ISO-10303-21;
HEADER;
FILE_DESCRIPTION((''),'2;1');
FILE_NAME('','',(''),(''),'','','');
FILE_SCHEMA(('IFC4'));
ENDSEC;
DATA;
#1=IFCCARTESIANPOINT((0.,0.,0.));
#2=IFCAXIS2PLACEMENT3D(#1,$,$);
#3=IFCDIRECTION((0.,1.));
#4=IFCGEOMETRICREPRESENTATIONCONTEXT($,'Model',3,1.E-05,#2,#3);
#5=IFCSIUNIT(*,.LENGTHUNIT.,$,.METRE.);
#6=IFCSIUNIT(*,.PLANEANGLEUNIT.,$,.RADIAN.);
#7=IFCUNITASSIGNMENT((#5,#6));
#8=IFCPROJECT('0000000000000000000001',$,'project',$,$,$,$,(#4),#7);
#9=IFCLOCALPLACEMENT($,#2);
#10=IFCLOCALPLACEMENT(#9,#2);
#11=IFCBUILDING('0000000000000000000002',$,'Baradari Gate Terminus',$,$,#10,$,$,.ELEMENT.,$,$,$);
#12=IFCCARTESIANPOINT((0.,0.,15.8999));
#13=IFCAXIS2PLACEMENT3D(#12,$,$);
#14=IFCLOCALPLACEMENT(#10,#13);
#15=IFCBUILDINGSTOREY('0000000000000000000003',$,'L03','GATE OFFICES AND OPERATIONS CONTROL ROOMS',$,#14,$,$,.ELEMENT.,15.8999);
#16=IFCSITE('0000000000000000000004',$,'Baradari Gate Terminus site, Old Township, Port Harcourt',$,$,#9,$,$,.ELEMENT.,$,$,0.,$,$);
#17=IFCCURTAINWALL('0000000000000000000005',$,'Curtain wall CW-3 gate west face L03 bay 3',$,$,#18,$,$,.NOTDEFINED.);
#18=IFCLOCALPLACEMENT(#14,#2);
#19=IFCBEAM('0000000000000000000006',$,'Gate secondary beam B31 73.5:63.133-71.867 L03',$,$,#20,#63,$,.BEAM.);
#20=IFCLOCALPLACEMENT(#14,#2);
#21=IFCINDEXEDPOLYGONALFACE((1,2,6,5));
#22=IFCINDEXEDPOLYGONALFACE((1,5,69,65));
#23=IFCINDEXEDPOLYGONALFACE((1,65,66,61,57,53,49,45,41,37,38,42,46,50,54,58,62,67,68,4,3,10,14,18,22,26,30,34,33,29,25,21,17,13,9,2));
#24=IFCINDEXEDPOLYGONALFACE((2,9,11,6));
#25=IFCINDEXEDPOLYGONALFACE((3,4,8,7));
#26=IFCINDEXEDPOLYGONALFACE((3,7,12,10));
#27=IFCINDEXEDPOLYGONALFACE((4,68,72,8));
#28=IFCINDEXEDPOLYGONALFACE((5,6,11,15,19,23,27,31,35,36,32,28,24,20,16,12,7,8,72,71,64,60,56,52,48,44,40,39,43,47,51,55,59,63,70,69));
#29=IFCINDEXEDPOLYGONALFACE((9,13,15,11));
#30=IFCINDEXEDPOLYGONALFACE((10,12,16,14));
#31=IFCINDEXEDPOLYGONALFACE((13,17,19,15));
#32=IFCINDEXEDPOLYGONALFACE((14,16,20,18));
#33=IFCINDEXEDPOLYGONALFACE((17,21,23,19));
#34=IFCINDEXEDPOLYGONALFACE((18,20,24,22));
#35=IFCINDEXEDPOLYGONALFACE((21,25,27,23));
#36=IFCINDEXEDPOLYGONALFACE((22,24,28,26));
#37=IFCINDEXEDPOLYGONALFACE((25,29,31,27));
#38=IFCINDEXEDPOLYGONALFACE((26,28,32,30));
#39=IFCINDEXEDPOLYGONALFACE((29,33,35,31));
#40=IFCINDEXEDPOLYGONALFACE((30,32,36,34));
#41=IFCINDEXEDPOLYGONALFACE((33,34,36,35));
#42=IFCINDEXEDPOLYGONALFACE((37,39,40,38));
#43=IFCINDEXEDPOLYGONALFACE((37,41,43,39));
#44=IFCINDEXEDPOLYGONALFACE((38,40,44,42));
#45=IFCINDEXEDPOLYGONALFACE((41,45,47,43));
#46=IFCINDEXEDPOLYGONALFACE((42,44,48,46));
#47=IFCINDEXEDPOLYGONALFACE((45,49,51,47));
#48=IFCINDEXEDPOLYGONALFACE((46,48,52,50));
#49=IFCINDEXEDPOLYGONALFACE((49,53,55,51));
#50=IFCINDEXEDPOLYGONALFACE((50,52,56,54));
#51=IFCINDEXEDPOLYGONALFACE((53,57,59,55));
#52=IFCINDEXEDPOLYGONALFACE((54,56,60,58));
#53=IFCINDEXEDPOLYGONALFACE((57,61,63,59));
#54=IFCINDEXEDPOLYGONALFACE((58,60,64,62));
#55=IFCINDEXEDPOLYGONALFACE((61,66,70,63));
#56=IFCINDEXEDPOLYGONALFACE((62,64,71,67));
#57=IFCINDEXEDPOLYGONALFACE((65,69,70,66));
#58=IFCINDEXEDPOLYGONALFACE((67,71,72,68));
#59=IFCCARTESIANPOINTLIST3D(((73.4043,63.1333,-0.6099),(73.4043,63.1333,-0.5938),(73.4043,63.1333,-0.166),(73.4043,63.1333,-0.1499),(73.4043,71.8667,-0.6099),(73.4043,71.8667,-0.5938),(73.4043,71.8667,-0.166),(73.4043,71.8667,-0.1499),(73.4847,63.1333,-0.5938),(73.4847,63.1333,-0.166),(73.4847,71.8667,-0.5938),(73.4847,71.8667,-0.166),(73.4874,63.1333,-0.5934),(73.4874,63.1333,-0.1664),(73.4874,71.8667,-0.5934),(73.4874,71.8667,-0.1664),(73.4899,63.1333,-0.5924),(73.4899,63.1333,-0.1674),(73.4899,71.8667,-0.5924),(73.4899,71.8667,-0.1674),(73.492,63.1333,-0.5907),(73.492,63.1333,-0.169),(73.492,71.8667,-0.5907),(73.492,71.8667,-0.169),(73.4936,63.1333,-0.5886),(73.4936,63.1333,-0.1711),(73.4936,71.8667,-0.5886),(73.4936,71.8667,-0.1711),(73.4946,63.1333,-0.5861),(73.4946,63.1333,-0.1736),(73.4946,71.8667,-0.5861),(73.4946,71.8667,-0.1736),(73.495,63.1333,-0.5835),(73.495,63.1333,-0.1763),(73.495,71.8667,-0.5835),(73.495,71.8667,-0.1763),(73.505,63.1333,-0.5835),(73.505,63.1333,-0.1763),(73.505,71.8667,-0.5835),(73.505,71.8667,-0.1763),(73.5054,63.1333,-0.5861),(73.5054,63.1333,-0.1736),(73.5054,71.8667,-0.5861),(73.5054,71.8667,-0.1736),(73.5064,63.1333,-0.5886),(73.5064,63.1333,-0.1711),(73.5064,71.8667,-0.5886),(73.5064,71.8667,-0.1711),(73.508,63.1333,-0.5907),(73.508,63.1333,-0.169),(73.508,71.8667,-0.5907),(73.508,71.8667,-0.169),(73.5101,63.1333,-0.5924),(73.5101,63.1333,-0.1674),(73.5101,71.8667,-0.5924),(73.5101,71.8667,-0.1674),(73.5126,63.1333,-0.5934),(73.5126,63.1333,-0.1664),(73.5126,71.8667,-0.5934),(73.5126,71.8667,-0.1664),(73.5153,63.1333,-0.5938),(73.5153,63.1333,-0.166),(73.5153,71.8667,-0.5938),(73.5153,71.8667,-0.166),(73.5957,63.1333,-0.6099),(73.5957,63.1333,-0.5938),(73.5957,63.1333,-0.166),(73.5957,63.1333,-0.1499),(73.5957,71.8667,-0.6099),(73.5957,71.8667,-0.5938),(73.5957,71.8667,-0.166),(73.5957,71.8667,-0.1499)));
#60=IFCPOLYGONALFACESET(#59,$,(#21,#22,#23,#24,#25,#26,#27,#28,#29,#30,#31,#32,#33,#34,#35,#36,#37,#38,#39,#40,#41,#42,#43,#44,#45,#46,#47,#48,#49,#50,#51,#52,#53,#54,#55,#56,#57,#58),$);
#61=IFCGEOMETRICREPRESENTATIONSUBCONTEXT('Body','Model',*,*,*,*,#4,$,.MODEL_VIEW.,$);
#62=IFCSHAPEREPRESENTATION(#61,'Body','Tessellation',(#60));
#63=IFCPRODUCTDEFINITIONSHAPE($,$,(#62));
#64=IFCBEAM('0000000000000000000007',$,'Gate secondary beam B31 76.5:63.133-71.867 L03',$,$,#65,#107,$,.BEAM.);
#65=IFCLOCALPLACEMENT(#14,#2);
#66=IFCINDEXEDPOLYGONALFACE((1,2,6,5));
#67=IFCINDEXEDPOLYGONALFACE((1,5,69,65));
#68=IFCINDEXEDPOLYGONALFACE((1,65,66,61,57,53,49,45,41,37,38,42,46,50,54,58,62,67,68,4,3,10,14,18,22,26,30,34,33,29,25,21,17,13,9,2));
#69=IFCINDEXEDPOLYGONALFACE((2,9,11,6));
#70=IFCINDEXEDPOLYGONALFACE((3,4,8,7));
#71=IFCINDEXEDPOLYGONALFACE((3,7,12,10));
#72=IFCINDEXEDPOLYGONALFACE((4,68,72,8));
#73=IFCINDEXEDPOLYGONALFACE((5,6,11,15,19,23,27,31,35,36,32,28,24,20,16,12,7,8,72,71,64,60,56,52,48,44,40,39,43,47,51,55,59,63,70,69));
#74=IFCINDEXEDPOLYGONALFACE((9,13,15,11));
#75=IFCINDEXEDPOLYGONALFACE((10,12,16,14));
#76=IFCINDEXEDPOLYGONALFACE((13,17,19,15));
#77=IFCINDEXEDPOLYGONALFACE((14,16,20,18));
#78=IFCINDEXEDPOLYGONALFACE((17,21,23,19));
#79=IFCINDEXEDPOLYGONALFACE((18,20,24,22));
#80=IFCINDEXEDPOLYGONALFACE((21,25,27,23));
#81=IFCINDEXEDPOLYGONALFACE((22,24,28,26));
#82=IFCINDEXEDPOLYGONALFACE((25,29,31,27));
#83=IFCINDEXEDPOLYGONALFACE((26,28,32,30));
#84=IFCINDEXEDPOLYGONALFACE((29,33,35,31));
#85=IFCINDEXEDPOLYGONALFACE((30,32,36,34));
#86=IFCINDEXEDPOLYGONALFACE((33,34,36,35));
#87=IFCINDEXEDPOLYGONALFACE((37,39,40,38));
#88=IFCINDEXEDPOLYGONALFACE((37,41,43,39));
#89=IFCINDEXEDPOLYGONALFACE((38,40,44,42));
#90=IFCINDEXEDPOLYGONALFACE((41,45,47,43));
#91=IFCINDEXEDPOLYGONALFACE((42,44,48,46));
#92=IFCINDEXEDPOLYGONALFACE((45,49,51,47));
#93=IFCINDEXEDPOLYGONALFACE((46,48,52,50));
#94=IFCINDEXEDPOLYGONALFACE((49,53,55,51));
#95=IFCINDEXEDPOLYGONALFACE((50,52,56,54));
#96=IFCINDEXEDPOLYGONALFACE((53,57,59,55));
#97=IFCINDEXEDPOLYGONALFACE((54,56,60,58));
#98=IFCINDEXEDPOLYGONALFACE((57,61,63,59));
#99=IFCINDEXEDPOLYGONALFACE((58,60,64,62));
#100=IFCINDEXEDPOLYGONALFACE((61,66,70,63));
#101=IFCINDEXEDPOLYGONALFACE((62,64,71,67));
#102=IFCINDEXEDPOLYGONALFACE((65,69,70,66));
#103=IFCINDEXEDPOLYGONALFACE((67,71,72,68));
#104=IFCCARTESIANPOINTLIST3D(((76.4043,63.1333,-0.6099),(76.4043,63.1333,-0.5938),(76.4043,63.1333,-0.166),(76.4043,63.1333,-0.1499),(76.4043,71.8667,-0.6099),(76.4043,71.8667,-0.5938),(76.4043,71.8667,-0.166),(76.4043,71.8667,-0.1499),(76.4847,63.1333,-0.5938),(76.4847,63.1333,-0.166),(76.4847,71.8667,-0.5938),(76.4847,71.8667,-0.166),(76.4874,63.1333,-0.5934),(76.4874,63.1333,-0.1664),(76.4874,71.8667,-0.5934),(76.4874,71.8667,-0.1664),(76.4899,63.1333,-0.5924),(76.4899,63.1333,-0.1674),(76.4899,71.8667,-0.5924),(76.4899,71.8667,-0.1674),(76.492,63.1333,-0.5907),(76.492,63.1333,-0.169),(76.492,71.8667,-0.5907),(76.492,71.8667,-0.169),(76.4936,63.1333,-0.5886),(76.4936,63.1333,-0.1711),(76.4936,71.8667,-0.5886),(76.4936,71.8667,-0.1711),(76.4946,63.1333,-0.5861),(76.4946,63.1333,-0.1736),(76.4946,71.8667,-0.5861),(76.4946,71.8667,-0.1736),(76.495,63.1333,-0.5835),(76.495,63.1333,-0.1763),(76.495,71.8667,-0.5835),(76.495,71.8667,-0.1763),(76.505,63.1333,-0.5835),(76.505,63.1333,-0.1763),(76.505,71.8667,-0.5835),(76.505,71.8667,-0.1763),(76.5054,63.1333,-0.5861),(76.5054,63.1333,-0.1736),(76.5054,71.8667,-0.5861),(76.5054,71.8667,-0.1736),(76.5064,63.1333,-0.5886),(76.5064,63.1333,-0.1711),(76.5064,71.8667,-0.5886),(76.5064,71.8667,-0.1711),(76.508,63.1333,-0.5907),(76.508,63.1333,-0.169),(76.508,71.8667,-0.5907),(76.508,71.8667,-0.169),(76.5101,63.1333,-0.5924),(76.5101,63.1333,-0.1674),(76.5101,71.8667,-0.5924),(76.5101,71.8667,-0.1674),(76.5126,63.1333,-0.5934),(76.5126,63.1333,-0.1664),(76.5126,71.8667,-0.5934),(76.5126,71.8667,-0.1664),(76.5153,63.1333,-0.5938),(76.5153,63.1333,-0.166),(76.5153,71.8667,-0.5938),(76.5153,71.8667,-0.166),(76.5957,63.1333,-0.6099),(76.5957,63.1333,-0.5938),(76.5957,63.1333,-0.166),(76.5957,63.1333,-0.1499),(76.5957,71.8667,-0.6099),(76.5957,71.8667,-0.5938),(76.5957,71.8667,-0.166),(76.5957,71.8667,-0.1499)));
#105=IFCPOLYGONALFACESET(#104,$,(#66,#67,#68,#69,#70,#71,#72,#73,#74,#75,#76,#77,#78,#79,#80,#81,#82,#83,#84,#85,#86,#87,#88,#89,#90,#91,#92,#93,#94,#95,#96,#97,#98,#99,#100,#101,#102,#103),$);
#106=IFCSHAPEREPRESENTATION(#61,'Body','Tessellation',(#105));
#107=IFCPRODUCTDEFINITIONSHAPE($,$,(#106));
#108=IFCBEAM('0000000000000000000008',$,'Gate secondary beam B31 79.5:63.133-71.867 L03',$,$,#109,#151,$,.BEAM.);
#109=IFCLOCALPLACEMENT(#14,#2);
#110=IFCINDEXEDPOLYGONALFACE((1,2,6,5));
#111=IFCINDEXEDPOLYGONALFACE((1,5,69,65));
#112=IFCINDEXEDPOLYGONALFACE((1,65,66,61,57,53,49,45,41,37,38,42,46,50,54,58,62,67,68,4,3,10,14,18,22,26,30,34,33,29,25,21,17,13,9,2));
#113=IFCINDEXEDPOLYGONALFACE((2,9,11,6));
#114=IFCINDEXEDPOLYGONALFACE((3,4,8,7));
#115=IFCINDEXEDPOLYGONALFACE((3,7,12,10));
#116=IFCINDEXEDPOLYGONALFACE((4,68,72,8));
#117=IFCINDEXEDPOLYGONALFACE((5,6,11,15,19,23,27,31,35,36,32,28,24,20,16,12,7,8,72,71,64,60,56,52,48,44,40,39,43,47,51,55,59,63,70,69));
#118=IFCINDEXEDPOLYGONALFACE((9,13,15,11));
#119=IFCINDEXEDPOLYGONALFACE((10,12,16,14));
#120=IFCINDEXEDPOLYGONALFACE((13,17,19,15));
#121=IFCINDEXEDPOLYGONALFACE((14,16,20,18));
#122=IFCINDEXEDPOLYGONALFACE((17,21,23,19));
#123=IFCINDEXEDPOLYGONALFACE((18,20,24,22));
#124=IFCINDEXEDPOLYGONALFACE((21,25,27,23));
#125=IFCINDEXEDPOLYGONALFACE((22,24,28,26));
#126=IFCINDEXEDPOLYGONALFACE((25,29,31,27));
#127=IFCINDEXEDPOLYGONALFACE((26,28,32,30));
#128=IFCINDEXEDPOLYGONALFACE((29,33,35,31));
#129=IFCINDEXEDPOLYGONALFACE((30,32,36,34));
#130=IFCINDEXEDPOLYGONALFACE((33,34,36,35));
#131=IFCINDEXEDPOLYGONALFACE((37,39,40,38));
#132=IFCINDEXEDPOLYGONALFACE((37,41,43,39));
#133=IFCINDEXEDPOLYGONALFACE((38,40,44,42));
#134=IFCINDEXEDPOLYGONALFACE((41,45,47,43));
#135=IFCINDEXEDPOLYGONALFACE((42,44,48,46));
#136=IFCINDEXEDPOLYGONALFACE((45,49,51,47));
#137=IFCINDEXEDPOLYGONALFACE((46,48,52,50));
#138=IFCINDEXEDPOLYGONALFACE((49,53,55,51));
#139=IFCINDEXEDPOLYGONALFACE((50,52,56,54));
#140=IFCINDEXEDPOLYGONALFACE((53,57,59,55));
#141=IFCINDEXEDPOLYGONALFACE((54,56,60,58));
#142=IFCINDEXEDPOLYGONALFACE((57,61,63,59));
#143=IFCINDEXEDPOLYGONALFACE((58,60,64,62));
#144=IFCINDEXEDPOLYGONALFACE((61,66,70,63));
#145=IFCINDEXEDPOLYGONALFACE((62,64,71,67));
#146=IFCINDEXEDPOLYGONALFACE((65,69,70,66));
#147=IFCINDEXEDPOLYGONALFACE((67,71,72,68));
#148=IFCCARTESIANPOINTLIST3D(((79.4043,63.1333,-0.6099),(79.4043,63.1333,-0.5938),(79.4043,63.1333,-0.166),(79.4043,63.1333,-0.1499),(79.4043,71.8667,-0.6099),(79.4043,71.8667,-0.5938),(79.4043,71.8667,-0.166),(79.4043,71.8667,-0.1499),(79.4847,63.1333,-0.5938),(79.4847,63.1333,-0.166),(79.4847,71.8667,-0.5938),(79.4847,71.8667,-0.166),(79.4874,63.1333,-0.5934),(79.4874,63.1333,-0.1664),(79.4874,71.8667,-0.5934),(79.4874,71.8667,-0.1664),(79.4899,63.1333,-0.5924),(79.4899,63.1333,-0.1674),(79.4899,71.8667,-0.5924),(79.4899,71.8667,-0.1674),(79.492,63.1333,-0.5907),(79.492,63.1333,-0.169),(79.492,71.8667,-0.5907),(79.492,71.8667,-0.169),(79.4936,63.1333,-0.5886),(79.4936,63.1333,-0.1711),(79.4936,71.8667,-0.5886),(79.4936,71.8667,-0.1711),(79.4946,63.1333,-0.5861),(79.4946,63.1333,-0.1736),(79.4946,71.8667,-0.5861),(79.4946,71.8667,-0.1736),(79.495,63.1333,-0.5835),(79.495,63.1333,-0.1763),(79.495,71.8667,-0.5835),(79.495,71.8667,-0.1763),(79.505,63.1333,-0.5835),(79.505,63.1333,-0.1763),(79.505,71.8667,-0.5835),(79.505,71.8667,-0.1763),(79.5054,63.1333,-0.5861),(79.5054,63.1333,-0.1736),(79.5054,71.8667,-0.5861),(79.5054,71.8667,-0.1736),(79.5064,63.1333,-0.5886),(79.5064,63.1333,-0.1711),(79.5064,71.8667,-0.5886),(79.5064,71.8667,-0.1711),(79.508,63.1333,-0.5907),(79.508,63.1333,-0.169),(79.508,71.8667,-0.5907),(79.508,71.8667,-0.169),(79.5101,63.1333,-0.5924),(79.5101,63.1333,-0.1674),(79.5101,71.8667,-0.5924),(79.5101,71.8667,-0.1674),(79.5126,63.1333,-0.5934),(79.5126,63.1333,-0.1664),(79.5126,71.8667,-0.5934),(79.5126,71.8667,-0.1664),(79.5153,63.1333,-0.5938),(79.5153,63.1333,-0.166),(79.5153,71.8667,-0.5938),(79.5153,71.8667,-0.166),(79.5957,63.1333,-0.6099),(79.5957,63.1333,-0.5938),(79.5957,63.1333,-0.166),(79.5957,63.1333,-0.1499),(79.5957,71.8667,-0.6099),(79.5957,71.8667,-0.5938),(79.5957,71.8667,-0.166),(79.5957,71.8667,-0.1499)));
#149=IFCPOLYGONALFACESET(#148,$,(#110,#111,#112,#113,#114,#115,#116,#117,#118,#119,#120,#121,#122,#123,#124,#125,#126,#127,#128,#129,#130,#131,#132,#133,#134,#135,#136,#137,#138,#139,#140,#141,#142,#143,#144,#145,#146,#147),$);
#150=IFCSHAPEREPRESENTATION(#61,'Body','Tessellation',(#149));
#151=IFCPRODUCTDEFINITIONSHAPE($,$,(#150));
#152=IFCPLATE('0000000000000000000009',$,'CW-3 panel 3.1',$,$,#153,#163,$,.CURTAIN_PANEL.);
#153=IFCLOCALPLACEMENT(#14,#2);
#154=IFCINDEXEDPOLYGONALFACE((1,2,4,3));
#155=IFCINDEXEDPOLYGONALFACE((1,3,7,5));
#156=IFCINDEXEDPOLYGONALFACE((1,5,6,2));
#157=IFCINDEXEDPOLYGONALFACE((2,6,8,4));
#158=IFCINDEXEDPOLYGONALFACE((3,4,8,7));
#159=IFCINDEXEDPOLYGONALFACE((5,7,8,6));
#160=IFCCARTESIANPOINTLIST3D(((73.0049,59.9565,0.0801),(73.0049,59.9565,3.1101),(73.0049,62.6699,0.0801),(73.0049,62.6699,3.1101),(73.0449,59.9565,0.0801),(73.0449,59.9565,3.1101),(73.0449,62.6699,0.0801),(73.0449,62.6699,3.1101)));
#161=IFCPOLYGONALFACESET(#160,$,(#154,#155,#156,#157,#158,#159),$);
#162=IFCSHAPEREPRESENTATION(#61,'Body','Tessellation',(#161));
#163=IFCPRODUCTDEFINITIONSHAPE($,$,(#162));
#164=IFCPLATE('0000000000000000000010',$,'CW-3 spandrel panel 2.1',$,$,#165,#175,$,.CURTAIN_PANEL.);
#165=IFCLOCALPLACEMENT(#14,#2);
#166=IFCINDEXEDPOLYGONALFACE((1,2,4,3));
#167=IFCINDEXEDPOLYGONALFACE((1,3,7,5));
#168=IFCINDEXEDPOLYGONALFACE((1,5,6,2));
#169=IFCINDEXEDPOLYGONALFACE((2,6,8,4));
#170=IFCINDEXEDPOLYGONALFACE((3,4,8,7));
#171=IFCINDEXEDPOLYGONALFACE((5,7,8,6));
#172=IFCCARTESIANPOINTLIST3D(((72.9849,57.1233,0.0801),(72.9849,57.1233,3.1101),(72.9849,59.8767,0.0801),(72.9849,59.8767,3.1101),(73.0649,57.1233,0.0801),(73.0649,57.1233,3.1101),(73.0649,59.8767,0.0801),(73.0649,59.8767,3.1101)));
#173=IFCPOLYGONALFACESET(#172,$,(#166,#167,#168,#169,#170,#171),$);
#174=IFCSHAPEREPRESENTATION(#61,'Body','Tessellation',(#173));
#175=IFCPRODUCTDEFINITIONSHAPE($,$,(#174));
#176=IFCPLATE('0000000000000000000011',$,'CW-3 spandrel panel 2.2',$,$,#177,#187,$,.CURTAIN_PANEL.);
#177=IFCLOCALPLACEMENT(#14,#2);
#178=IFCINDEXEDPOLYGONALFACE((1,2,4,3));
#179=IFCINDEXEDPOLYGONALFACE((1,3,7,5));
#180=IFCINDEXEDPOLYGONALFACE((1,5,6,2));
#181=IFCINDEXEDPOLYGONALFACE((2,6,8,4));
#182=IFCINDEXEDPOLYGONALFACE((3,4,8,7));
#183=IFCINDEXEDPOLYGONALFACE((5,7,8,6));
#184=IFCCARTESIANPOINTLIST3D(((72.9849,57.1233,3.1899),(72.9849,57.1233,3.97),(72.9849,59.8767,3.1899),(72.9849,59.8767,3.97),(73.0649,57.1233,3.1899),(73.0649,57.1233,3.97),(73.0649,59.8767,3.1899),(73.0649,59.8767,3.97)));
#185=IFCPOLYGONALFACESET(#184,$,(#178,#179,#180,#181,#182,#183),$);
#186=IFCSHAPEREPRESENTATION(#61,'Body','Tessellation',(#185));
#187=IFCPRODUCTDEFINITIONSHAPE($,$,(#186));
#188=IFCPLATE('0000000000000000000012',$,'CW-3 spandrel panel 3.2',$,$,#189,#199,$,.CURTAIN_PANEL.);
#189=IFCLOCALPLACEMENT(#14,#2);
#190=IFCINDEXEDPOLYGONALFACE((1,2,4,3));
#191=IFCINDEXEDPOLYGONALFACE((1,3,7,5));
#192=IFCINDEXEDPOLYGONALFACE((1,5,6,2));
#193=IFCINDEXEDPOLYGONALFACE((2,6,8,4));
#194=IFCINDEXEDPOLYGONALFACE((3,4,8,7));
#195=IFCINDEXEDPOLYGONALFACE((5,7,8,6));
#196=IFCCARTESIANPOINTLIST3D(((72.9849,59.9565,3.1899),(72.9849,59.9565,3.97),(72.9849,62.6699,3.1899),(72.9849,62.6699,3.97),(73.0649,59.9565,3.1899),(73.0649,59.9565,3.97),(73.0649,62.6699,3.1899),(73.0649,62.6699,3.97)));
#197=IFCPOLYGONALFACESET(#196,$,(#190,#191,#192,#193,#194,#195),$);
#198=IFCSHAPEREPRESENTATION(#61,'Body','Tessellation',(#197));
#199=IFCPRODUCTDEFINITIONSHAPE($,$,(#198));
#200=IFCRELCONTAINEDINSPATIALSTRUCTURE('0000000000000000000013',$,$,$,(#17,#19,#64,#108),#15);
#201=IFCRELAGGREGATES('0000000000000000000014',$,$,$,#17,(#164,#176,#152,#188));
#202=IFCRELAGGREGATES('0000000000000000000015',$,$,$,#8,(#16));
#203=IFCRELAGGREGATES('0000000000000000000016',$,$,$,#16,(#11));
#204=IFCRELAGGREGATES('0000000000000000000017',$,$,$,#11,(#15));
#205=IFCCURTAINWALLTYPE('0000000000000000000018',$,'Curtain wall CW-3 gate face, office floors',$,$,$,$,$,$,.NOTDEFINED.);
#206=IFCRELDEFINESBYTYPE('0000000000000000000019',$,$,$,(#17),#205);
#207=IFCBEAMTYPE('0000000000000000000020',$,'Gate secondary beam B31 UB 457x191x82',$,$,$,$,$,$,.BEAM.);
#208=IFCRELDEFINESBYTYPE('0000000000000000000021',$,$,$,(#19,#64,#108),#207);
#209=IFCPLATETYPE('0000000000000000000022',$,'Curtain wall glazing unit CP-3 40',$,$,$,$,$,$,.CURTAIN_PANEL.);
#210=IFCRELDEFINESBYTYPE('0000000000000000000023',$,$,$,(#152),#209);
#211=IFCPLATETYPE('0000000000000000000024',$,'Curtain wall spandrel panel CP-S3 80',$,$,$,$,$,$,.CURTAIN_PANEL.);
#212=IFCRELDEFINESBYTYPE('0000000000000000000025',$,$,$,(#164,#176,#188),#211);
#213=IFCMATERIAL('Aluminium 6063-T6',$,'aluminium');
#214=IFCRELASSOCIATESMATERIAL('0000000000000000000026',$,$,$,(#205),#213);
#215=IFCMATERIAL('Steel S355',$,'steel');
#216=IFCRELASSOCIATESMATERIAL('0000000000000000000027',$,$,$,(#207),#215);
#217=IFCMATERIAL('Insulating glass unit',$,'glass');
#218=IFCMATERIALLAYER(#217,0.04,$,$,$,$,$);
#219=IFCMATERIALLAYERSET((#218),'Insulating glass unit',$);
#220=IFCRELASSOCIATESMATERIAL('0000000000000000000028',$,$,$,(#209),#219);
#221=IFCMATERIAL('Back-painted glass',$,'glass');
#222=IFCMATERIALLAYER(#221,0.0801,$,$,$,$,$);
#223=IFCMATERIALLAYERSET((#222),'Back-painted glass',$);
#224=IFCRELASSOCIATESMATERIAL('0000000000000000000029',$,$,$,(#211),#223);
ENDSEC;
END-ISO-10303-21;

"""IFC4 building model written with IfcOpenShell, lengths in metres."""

from ifc_helpers import new_model, si_unit, direction, frame, origin, origin_2d, place, context, subcontext, project, spatial, rectangle, i_section, extrude, material, layer, layer_set, material_profile, profile_set, type_object, element, aggregate, save


model = new_model("IFC4")

# Units and contexts
model_context = context("Model", 3, precision=1e-05, world=origin(), true_north=direction((0.0, 1.0)))
body_context = subcontext(model_context, "Body", "Model", "MODEL_VIEW")
ifc_project = project(units=[si_unit("LENGTHUNIT", "METRE"), si_unit("PLANEANGLEUNIT", "RADIAN")], contexts=[model_context])

# Site, building, storey
site_placement = place(None, origin())
site = spatial("IfcSite", under=ifc_project, at=site_placement, Name="Baradari Gate Terminus site, Old Township, Port Harcourt", CompositionType="ELEMENT", RefElevation=0.0)
building_placement = place(site_placement, origin())
building = spatial("IfcBuilding", under=site, at=building_placement, Name="Baradari Gate Terminus", CompositionType="ELEMENT")
storey_placement = place(building_placement, frame((0.0, 0.0, 15.8999)))
storey = spatial("IfcBuildingStorey", under=building, at=storey_placement, Name="L03", Description="GATE OFFICES AND OPERATIONS CONTROL ROOMS", CompositionType="ELEMENT", Elevation=15.8999)

# Curtain wall
ifc_material_1 = material(Name="Aluminium 6063-T6", Category="aluminium")
curtain_wall_type = type_object("IfcCurtainWallType", Name="Curtain wall CW-3 gate face, office floors", PredefinedType="NOTDEFINED", material=ifc_material_1)
curtain_wall_1_placement = place(storey_placement, origin())
curtain_wall_1 = element("IfcCurtainWall", 1, at=curtain_wall_1_placement, inside=storey, type_object=curtain_wall_type, Name="Curtain wall CW-3 gate west face L03 bay 3", PredefinedType="NOTDEFINED")

# Beams
ifc_material_2 = material(Name="Steel S355", Category="steel")
ifc_material_profile_1 = material_profile(ifc_material_2, i_section(OverallWidth=0.1914, OverallDepth=0.46, WebThickness=0.01, FlangeThickness=0.0161, FilletRadius=0.0103, at=origin_2d()), Name="UB 457x191x82")
ifc_profile_set_1 = profile_set([ifc_material_profile_1], Name="Steel S355")
beam_type_1 = type_object("IfcBeamType", Name="Gate secondary beam B31 UB 457x191x82", PredefinedType="BEAM", material=ifc_profile_set_1)
for number, where, z_axis, x_axis, name in (
    (2, (73.5, 63.1333, -0.3799), (0.0, 1.0, 0.0), (-1.0, 0.0, 0.0), "Gate secondary beam B31 73.5:63.133-71.867 L03"),
    (3, (76.5, 63.1333, -0.3799), (0.0, 1.0, 0.0), (-1.0, 0.0, 0.0), "Gate secondary beam B31 76.5:63.133-71.867 L03"),
    (4, (79.5, 63.1333, -0.3799), (0.0, 1.0, 0.0), (-1.0, 0.0, 0.0), "Gate secondary beam B31 79.5:63.133-71.867 L03"),
):
    element("IfcBeam", number, at=place(storey_placement, frame(where, z_axis=z_axis, x_axis=x_axis)), inside=storey, type_object=beam_type_1, Name=name, PredefinedType="BEAM", context=body_context, shape_type="SweptSolid", body=[
        extrude(i_section(OverallWidth=0.1914, OverallDepth=0.46, WebThickness=0.01, FlangeThickness=0.0161, FilletRadius=0.0103, at=origin_2d()), origin(), (0.0, 0.0, 1.0), 8.7334),
    ])

# Plates
ifc_material_3 = material(Name="Insulating glass unit", Category="glass")
ifc_layer_1 = layer(ifc_material_3, 0.04)
ifc_layer_set_1 = layer_set([ifc_layer_1], Name="Insulating glass unit")
plate_type_1 = type_object("IfcPlateType", Name="Curtain wall glazing unit CP-3 40", PredefinedType="CURTAIN_PANEL", material=ifc_layer_set_1)
plate_1_placement = place(storey_placement, frame((73.0249, 61.3132, 0.0801), z_axis=(0.0, 0.0, 1.0), x_axis=(0.0, 1.0, 0.0)))
plate_1 = element("IfcPlate", 5, at=plate_1_placement, type_object=plate_type_1, Name="CW-3 panel 3.1", PredefinedType="CURTAIN_PANEL", context=body_context, shape_type="SweptSolid", body=[
    extrude(rectangle(XDim=2.7134, YDim=0.04, at=origin_2d()), origin(), (0.0, 0.0, 1.0), 3.03),
])
ifc_material_4 = material(Name="Back-painted glass", Category="glass")
ifc_layer_2 = layer(ifc_material_4, 0.0801)
ifc_layer_set_2 = layer_set([ifc_layer_2], Name="Back-painted glass")
plate_type_2 = type_object("IfcPlateType", Name="Curtain wall spandrel panel CP-S3 80", PredefinedType="CURTAIN_PANEL", material=ifc_layer_set_2)
plate_2_placement = place(storey_placement, frame((73.0249, 58.5, 0.0801), z_axis=(0.0, 0.0, 1.0), x_axis=(0.0, 1.0, 0.0)))
plate_2 = element("IfcPlate", 6, at=plate_2_placement, type_object=plate_type_2, Name="CW-3 spandrel panel 2.1", PredefinedType="CURTAIN_PANEL", context=body_context, shape_type="SweptSolid", body=[
    extrude(rectangle(XDim=2.7534, YDim=0.0801, at=origin_2d()), origin(), (0.0, 0.0, 1.0), 3.03),
])
plate_3_placement = place(storey_placement, frame((73.0249, 58.5, 3.1899), z_axis=(0.0, 0.0, 1.0), x_axis=(0.0, 1.0, 0.0)))
plate_3 = element("IfcPlate", 7, at=plate_3_placement, type_object=plate_type_2, Name="CW-3 spandrel panel 2.2", PredefinedType="CURTAIN_PANEL", context=body_context, shape_type="SweptSolid", body=[
    extrude(rectangle(XDim=2.7534, YDim=0.0801, at=origin_2d()), origin(), (0.0, 0.0, 1.0), 0.78),
])
plate_4_placement = place(storey_placement, frame((73.0249, 61.3132, 3.1899), z_axis=(0.0, 0.0, 1.0), x_axis=(0.0, 1.0, 0.0)))
plate_4 = element("IfcPlate", 8, at=plate_4_placement, type_object=plate_type_2, Name="CW-3 spandrel panel 3.2", PredefinedType="CURTAIN_PANEL", context=body_context, shape_type="SweptSolid", body=[
    extrude(rectangle(XDim=2.7134, YDim=0.0801, at=origin_2d()), origin(), (0.0, 0.0, 1.0), 0.78),
])
aggregate(curtain_wall_1, [plate_2, plate_3, plate_1, plate_4])

save(model, "model.ifc")
